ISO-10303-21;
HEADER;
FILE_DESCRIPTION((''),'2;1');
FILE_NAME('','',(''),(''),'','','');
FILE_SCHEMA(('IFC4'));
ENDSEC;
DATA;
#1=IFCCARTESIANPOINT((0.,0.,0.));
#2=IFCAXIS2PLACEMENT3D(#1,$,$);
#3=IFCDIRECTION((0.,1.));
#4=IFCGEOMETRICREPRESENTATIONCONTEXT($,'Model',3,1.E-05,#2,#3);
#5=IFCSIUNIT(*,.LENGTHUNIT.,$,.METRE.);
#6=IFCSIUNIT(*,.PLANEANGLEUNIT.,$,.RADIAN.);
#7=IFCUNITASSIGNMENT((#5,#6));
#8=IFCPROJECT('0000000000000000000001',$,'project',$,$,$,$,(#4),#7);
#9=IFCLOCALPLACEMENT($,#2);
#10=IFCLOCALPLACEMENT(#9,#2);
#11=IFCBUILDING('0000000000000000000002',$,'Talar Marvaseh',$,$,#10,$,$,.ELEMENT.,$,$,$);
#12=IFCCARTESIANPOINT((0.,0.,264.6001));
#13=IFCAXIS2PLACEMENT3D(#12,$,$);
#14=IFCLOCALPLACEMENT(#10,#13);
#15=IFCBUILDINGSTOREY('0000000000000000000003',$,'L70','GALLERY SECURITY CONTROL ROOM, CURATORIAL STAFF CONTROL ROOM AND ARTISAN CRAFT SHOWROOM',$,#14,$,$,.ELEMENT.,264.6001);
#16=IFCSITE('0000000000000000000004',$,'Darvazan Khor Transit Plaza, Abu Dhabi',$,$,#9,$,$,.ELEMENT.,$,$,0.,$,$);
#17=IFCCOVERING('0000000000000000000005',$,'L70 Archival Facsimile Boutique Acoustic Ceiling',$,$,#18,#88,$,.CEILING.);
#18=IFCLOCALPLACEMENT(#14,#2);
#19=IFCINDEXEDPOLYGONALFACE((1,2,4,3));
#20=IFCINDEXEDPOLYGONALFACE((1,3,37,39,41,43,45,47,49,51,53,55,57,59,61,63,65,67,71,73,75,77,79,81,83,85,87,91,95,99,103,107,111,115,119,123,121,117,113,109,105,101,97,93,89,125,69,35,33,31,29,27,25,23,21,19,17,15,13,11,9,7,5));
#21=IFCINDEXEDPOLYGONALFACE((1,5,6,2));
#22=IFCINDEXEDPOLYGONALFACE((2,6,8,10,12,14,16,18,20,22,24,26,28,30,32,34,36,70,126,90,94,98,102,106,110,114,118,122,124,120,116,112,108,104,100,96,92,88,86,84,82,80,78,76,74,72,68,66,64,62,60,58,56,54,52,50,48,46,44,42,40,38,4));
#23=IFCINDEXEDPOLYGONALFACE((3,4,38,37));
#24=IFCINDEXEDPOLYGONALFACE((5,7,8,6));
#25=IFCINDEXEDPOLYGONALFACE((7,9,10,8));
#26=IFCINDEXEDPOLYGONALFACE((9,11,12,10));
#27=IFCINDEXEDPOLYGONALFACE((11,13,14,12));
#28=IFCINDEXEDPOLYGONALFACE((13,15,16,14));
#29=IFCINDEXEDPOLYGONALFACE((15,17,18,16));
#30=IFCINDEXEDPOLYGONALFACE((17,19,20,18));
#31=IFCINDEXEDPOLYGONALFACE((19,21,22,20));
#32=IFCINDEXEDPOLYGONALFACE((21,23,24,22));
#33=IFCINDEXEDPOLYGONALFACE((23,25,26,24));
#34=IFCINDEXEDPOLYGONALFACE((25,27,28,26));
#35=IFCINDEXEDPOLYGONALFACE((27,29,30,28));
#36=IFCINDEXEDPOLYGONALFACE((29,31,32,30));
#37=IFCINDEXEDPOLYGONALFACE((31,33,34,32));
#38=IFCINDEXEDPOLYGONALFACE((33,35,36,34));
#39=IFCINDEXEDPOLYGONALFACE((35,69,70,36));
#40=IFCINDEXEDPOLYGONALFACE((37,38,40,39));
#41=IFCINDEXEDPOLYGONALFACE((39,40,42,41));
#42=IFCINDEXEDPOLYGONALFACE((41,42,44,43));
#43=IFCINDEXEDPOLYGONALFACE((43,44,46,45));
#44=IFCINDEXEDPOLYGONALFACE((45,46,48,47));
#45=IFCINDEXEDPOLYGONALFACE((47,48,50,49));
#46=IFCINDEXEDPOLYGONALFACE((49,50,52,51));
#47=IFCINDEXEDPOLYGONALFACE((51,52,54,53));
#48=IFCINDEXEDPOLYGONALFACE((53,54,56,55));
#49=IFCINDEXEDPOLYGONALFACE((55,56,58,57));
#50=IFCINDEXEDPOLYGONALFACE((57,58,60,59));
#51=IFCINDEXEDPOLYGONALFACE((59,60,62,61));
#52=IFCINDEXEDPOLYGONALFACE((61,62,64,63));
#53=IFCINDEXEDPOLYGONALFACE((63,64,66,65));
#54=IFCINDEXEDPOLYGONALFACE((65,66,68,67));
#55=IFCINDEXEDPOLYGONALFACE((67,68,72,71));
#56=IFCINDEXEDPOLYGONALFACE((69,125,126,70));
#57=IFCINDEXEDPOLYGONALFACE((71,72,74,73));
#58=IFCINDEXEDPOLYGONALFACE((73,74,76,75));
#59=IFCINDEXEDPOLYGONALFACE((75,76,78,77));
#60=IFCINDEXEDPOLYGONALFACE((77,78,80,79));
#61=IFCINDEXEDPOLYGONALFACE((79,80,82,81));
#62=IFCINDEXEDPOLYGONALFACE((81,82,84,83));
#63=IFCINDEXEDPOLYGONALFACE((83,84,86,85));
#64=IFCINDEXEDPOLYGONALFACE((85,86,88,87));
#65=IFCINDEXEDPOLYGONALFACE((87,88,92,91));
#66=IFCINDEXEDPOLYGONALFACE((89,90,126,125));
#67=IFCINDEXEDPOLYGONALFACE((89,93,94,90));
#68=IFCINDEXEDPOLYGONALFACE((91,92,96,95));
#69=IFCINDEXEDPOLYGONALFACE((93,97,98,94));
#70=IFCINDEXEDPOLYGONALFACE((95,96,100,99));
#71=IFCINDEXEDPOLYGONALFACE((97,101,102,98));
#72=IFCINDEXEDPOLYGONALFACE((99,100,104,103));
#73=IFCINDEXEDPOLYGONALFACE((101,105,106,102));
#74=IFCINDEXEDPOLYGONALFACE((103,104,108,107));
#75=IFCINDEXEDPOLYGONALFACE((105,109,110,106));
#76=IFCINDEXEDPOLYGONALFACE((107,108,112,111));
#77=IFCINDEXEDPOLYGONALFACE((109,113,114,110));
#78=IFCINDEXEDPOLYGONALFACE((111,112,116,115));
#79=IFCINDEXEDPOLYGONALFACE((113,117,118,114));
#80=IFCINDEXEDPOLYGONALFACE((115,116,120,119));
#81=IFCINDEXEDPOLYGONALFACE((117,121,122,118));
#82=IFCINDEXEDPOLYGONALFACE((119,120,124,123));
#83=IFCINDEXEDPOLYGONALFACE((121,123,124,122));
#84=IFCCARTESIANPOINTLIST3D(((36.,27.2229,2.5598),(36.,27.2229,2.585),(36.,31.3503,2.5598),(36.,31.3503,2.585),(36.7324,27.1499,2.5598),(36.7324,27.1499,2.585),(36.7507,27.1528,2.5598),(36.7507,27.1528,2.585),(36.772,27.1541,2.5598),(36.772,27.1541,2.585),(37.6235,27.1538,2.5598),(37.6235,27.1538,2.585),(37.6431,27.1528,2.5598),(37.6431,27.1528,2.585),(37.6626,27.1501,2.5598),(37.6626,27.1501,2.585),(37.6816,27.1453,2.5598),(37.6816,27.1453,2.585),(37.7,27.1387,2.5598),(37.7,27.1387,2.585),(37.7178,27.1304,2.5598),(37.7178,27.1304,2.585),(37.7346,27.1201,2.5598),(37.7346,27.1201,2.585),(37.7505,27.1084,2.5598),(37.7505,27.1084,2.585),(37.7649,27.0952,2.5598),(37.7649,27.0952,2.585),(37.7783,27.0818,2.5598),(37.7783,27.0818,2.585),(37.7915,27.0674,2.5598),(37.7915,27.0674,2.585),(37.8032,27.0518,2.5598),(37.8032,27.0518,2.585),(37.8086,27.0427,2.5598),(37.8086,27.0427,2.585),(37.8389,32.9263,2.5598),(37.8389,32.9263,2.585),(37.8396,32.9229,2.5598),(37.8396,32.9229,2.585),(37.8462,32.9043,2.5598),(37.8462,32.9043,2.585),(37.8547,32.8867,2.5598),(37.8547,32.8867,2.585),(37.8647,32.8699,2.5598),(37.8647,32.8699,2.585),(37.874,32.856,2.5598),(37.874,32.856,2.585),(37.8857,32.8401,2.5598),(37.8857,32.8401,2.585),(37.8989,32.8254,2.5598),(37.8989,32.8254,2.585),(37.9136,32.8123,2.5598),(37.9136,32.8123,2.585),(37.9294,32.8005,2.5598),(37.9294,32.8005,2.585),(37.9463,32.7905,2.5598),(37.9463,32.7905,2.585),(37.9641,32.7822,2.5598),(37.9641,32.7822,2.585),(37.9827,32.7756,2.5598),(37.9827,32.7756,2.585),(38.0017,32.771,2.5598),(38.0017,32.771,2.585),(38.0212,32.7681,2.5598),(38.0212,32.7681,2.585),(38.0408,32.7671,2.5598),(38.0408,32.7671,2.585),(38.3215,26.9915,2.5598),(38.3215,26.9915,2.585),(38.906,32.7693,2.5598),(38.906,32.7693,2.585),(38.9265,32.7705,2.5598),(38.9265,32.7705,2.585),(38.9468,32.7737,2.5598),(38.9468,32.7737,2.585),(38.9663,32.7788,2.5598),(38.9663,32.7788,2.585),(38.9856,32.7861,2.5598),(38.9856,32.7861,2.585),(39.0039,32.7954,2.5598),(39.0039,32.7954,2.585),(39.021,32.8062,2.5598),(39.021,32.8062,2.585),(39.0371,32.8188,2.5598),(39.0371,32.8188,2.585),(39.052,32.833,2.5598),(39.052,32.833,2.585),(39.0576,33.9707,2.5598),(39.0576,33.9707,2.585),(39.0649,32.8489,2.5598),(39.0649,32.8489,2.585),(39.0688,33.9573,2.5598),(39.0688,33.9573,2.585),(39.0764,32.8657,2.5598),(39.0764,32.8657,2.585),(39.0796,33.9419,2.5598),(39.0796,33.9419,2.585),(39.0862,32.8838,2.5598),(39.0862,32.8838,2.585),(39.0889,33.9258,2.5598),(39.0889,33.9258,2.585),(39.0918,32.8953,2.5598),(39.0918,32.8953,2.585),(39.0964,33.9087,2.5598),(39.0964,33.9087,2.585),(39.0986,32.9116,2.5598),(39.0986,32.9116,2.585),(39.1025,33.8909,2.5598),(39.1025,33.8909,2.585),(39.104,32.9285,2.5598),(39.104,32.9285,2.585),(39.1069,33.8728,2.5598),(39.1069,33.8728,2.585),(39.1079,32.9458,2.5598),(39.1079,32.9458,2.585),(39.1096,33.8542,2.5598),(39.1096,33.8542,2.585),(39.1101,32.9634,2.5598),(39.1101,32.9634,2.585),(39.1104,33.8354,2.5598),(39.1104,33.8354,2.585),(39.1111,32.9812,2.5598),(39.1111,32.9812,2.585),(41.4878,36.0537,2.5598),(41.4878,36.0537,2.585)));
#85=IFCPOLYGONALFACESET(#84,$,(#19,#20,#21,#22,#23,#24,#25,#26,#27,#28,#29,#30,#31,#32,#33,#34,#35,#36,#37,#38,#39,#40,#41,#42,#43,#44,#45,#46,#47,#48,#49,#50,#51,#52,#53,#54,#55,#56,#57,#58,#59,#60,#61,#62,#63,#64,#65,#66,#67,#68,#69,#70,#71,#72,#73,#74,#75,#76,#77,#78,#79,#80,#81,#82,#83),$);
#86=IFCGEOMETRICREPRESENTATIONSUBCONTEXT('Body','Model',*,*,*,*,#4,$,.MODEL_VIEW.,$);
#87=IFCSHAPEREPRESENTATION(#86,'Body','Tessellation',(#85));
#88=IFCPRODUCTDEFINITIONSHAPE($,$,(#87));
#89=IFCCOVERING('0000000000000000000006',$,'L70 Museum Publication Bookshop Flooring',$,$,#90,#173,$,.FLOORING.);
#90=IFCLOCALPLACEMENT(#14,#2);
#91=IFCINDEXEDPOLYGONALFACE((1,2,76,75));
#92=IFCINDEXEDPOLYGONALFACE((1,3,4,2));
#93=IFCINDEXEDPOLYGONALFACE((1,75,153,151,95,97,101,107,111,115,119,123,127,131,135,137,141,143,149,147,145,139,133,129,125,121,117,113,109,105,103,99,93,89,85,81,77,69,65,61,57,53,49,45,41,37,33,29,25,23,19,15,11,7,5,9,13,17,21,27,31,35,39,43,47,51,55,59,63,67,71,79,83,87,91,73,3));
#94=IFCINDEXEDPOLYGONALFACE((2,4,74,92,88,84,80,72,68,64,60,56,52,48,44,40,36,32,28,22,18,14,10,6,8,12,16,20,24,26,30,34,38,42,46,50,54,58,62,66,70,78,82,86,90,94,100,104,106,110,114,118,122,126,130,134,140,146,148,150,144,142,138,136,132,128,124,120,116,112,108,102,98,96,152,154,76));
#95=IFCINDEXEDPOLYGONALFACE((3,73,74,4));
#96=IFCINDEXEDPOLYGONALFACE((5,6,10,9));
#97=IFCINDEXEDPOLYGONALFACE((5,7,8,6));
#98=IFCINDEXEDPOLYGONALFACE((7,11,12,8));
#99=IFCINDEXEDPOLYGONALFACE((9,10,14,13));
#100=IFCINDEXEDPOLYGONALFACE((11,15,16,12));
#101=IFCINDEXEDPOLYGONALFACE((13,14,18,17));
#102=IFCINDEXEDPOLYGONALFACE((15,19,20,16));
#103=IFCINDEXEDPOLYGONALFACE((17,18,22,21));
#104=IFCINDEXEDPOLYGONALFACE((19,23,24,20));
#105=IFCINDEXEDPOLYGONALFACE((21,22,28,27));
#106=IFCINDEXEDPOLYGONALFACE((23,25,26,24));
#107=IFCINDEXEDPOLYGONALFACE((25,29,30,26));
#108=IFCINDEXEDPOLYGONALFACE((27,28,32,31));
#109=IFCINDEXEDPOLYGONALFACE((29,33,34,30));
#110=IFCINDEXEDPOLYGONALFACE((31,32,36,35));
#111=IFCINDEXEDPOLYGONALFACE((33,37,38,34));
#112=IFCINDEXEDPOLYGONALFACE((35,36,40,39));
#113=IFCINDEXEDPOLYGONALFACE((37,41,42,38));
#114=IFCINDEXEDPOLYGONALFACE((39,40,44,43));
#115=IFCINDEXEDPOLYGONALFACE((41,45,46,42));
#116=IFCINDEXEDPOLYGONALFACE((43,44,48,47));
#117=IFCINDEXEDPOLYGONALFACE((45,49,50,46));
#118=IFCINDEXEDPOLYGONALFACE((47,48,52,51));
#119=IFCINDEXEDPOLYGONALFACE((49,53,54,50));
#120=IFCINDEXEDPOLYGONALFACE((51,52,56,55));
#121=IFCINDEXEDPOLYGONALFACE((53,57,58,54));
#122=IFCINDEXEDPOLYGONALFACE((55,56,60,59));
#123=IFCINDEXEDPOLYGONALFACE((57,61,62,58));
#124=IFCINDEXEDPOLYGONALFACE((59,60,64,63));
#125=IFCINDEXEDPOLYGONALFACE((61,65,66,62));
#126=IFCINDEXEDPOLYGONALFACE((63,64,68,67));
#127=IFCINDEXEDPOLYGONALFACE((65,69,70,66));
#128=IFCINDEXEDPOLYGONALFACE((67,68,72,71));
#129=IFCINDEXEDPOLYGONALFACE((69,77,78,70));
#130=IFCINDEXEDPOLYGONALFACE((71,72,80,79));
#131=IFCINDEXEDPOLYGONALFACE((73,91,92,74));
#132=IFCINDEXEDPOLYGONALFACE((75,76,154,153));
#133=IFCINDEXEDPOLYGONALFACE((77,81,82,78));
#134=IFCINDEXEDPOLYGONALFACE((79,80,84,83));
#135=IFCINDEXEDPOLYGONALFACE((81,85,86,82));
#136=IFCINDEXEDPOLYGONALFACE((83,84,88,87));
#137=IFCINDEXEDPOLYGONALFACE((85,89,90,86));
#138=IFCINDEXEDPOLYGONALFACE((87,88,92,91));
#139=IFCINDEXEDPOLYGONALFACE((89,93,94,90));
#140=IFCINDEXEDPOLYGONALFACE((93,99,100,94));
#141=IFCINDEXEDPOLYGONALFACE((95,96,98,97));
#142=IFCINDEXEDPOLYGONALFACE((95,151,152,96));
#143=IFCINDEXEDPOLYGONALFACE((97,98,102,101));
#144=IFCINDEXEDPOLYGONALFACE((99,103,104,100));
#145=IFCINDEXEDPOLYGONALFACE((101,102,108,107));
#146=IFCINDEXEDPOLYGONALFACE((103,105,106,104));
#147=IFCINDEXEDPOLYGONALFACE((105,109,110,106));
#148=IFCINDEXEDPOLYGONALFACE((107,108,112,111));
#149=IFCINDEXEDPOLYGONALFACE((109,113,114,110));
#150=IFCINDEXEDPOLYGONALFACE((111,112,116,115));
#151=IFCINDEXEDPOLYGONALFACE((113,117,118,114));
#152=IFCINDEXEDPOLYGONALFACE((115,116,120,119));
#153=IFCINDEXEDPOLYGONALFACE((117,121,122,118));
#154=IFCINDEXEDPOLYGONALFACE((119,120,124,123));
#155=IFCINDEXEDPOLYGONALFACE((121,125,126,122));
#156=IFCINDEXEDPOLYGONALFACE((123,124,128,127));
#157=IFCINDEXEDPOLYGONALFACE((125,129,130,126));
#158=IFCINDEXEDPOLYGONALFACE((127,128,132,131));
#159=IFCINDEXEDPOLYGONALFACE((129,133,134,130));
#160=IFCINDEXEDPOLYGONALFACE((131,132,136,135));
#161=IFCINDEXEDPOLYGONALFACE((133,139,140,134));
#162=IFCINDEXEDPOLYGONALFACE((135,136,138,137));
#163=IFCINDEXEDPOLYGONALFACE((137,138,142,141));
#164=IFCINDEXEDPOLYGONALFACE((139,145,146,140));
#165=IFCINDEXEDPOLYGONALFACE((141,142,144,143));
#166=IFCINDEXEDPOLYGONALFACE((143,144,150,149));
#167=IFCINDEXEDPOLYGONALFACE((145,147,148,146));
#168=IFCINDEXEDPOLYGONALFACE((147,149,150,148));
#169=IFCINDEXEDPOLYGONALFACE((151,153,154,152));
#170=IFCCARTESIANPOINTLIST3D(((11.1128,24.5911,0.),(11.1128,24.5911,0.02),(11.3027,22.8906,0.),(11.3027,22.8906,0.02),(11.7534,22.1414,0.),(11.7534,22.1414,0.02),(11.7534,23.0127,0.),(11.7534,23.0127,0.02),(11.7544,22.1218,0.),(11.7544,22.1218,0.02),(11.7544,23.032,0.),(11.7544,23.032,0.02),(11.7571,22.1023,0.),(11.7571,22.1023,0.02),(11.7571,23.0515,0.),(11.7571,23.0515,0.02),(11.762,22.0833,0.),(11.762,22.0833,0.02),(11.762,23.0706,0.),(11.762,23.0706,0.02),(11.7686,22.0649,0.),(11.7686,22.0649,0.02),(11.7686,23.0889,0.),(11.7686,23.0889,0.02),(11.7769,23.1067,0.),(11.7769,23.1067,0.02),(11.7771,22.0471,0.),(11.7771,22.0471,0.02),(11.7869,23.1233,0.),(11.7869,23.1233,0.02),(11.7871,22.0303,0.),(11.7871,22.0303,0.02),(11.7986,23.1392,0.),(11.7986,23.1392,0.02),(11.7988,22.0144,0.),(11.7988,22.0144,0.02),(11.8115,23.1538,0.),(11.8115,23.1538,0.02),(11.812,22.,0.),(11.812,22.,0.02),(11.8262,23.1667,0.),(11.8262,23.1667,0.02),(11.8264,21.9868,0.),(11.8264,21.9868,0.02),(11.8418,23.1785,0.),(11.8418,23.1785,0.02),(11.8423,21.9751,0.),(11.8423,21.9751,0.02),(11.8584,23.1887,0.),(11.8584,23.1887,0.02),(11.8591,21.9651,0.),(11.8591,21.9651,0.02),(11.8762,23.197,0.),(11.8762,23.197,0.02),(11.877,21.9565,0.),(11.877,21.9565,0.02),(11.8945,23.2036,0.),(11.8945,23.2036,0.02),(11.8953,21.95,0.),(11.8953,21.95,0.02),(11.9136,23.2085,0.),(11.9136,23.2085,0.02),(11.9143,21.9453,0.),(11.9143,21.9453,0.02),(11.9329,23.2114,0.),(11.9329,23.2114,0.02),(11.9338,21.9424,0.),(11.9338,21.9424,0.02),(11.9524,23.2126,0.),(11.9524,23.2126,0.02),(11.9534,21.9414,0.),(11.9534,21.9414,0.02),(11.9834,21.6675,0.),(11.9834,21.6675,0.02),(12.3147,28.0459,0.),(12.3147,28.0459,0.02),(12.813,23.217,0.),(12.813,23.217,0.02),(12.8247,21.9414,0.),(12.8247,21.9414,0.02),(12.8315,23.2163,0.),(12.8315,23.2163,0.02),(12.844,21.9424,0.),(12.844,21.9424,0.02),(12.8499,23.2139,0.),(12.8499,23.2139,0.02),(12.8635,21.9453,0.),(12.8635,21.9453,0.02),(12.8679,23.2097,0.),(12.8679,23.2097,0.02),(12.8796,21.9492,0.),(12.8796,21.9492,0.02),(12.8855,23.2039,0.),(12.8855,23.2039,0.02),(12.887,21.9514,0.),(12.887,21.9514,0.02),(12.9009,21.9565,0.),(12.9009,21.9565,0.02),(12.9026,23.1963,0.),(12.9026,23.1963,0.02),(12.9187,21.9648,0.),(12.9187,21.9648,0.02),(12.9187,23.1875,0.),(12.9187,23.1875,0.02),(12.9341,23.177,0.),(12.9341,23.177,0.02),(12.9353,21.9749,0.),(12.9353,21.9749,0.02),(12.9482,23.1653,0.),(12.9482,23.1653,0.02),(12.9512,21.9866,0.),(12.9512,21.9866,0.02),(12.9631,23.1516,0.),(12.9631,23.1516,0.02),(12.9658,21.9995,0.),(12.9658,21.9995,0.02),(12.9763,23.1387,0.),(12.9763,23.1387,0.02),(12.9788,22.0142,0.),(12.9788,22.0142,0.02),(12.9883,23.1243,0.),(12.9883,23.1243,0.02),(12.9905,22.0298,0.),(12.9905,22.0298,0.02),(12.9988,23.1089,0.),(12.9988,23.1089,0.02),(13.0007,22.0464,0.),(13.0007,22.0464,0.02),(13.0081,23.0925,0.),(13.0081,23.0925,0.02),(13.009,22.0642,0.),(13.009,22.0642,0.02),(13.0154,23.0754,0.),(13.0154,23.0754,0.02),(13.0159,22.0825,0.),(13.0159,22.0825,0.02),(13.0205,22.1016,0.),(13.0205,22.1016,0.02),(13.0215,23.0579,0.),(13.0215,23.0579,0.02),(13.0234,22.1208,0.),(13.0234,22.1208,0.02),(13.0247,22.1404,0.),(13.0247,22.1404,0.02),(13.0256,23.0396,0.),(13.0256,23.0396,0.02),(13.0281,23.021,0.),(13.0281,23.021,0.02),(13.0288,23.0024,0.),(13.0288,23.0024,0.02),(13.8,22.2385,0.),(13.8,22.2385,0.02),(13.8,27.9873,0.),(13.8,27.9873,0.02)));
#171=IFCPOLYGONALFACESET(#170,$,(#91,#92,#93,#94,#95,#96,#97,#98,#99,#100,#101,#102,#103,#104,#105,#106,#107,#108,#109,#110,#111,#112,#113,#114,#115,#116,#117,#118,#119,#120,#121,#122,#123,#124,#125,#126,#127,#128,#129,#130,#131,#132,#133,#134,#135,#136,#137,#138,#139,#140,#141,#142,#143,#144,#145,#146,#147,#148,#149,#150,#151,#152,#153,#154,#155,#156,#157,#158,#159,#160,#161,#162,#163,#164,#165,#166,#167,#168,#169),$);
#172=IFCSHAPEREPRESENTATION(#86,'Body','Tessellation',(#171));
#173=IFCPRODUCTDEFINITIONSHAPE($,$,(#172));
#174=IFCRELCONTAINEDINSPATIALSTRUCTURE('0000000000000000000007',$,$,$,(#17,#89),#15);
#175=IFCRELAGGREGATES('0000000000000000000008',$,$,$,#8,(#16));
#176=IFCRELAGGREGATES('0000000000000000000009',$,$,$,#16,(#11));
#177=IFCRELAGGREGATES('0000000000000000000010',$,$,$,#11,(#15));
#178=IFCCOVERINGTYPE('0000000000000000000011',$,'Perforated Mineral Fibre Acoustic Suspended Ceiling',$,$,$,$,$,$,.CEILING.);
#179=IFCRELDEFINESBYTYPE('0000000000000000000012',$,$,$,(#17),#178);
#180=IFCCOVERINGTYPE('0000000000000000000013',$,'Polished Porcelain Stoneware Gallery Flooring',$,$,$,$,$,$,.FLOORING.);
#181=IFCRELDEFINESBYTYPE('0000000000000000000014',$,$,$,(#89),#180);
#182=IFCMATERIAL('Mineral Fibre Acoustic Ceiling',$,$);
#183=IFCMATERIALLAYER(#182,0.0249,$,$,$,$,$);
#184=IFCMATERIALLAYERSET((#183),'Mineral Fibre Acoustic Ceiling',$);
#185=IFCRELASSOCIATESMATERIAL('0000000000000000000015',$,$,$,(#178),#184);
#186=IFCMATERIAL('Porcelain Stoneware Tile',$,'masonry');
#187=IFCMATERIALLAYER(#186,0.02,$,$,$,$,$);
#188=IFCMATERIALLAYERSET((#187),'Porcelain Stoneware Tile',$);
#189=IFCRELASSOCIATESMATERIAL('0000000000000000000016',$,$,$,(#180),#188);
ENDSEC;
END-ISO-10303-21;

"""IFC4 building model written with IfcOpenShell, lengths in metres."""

from ifc_helpers import new_model, si_unit, direction, frame, origin, place, context, subcontext, project, spatial, polyline, outline, extrude, material, layer, layer_set, type_object, element, save


model = new_model("IFC4")

# Units and contexts
model_context = context("Model", 3, precision=1e-05, world=origin(), true_north=direction((0.0, 1.0)))
body_context = subcontext(model_context, "Body", "Model", "MODEL_VIEW")
ifc_project = project(units=[si_unit("LENGTHUNIT", "METRE"), si_unit("PLANEANGLEUNIT", "RADIAN")], contexts=[model_context])

# Site, building, storey
site_placement = place(None, origin())
site = spatial("IfcSite", under=ifc_project, at=site_placement, Name="Darvazan Khor Transit Plaza, Abu Dhabi", CompositionType="ELEMENT", RefElevation=0.0)
building_placement = place(site_placement, origin())
building = spatial("IfcBuilding", under=site, at=building_placement, Name="Talar Marvaseh", CompositionType="ELEMENT")
storey_placement = place(building_placement, frame((0.0, 0.0, 264.6001)))
storey = spatial("IfcBuildingStorey", under=building, at=storey_placement, Name="L70", Description="GALLERY SECURITY CONTROL ROOM, CURATORIAL STAFF CONTROL ROOM AND ARTISAN CRAFT SHOWROOM", CompositionType="ELEMENT", Elevation=264.6001)

# Coverings
ifc_material_1 = material(Name="Mineral Fibre Acoustic Ceiling")
ifc_layer_1 = layer(ifc_material_1, 0.0249)
ifc_layer_set_1 = layer_set([ifc_layer_1], Name="Mineral Fibre Acoustic Ceiling")
covering_type_1 = type_object("IfcCoveringType", Name="Perforated Mineral Fibre Acoustic Suspended Ceiling", PredefinedType="CEILING", material=ifc_layer_set_1)
covering_1_placement = place(storey_placement, frame((0.0, 0.0, 2.5598)))
element("IfcCovering", 1, at=covering_1_placement, inside=storey, type_object=covering_type_1, Name="L70 Archival Facsimile Boutique Acoustic Ceiling", PredefinedType="CEILING", context=body_context, shape_type="SweptSolid", body=[
    extrude(outline(polyline([(36.0, 31.3503), (37.8389, 32.9263), (37.8396, 32.9229), (37.8462, 32.9043), (37.8547, 32.8867), (37.8647, 32.8699), (37.874, 32.856), (37.8857, 32.8401), (37.8989, 32.8254), (37.9136, 32.8123), (37.9294, 32.8005), (37.9463, 32.7905), (37.9641, 32.7822), (37.9827, 32.7756), (38.0017, 32.771), (38.0212, 32.7681), (38.0408, 32.7671), (38.906, 32.7693), (38.9265, 32.7705), (38.9468, 32.7737), (38.9663, 32.7788), (38.9856, 32.7861), (39.0039, 32.7954), (39.021, 32.8062), (39.0371, 32.8188), (39.052, 32.833), (39.0649, 32.8489), (39.0764, 32.8657), (39.0862, 32.8838), (39.0918, 32.8953), (39.0986, 32.9116), (39.104, 32.9285), (39.1079, 32.9458), (39.1101, 32.9634), (39.1111, 32.9812), (39.1104, 33.8354), (39.1096, 33.8542), (39.1069, 33.8728), (39.1025, 33.8909), (39.0964, 33.9087), (39.0889, 33.9258), (39.0796, 33.9419), (39.0688, 33.9573), (39.0576, 33.9707), (41.4878, 36.0537), (38.3215, 26.9915), (37.8086, 27.0427), (37.8032, 27.0518), (37.7915, 27.0674), (37.7783, 27.0818), (37.7649, 27.0952), (37.7505, 27.1084), (37.7346, 27.1201), (37.7178, 27.1304), (37.7, 27.1387), (37.6816, 27.1453), (37.6626, 27.1501), (37.6431, 27.1528), (37.6235, 27.1538), (36.772, 27.1541), (36.7507, 27.1528), (36.7324, 27.1499), (36.0, 27.2229), (36.0, 31.3503)])), origin(), (0.0, 0.0, 1.0), 0.0251),
])
ifc_material_2 = material(Name="Porcelain Stoneware Tile", Category="masonry")
ifc_layer_2 = layer(ifc_material_2, 0.02)
ifc_layer_set_2 = layer_set([ifc_layer_2], Name="Porcelain Stoneware Tile")
covering_type_2 = type_object("IfcCoveringType", Name="Polished Porcelain Stoneware Gallery Flooring", PredefinedType="FLOORING", material=ifc_layer_set_2)
covering_2_placement = place(storey_placement, origin())
element("IfcCovering", 2, at=covering_2_placement, inside=storey, type_object=covering_type_2, Name="L70 Museum Publication Bookshop Flooring", PredefinedType="FLOORING", context=body_context, shape_type="SweptSolid", body=[
    extrude(outline(polyline([(13.8, 27.9873), (13.8, 22.2385), (12.887, 21.9514), (12.9009, 21.9565), (12.9187, 21.9648), (12.9353, 21.9749), (12.9512, 21.9866), (12.9658, 21.9995), (12.9788, 22.0142), (12.9905, 22.0298), (13.0007, 22.0464), (13.009, 22.0642), (13.0159, 22.0825), (13.0205, 22.1016), (13.0234, 22.1208), (13.0247, 22.1404), (13.0288, 23.0024), (13.0281, 23.021), (13.0256, 23.0396), (13.0215, 23.0579), (13.0154, 23.0754), (13.0081, 23.0925), (12.9988, 23.1089), (12.9883, 23.1243), (12.9763, 23.1387), (12.9631, 23.1516), (12.9482, 23.1653), (12.9341, 23.177), (12.9187, 23.1875), (12.9026, 23.1963), (12.8855, 23.2039), (12.8679, 23.2097), (12.8499, 23.2139), (12.8315, 23.2163), (12.813, 23.217), (11.9524, 23.2126), (11.9329, 23.2114), (11.9136, 23.2085), (11.8945, 23.2036), (11.8762, 23.197), (11.8584, 23.1887), (11.8418, 23.1785), (11.8262, 23.1667), (11.8115, 23.1538), (11.7986, 23.1392), (11.7869, 23.1233), (11.7769, 23.1067), (11.7686, 23.0889), (11.762, 23.0706), (11.7571, 23.0515), (11.7544, 23.032), (11.7534, 23.0127), (11.7534, 22.1414), (11.7544, 22.1218), (11.7571, 22.1023), (11.762, 22.0833), (11.7686, 22.0649), (11.7771, 22.0471), (11.7871, 22.0303), (11.7988, 22.0144), (11.812, 22.0), (11.8264, 21.9868), (11.8423, 21.9751), (11.8591, 21.9651), (11.877, 21.9565), (11.8953, 21.95), (11.9143, 21.9453), (11.9338, 21.9424), (11.9534, 21.9414), (12.8247, 21.9414), (12.844, 21.9424), (12.8635, 21.9453), (12.8796, 21.9492), (11.9834, 21.6675), (11.3027, 22.8906), (11.1128, 24.5911), (12.3147, 28.0459), (13.8, 27.9873)])), origin(), (0.0, 0.0, 1.0), 0.02),
])

save(model, "model.ifc")
